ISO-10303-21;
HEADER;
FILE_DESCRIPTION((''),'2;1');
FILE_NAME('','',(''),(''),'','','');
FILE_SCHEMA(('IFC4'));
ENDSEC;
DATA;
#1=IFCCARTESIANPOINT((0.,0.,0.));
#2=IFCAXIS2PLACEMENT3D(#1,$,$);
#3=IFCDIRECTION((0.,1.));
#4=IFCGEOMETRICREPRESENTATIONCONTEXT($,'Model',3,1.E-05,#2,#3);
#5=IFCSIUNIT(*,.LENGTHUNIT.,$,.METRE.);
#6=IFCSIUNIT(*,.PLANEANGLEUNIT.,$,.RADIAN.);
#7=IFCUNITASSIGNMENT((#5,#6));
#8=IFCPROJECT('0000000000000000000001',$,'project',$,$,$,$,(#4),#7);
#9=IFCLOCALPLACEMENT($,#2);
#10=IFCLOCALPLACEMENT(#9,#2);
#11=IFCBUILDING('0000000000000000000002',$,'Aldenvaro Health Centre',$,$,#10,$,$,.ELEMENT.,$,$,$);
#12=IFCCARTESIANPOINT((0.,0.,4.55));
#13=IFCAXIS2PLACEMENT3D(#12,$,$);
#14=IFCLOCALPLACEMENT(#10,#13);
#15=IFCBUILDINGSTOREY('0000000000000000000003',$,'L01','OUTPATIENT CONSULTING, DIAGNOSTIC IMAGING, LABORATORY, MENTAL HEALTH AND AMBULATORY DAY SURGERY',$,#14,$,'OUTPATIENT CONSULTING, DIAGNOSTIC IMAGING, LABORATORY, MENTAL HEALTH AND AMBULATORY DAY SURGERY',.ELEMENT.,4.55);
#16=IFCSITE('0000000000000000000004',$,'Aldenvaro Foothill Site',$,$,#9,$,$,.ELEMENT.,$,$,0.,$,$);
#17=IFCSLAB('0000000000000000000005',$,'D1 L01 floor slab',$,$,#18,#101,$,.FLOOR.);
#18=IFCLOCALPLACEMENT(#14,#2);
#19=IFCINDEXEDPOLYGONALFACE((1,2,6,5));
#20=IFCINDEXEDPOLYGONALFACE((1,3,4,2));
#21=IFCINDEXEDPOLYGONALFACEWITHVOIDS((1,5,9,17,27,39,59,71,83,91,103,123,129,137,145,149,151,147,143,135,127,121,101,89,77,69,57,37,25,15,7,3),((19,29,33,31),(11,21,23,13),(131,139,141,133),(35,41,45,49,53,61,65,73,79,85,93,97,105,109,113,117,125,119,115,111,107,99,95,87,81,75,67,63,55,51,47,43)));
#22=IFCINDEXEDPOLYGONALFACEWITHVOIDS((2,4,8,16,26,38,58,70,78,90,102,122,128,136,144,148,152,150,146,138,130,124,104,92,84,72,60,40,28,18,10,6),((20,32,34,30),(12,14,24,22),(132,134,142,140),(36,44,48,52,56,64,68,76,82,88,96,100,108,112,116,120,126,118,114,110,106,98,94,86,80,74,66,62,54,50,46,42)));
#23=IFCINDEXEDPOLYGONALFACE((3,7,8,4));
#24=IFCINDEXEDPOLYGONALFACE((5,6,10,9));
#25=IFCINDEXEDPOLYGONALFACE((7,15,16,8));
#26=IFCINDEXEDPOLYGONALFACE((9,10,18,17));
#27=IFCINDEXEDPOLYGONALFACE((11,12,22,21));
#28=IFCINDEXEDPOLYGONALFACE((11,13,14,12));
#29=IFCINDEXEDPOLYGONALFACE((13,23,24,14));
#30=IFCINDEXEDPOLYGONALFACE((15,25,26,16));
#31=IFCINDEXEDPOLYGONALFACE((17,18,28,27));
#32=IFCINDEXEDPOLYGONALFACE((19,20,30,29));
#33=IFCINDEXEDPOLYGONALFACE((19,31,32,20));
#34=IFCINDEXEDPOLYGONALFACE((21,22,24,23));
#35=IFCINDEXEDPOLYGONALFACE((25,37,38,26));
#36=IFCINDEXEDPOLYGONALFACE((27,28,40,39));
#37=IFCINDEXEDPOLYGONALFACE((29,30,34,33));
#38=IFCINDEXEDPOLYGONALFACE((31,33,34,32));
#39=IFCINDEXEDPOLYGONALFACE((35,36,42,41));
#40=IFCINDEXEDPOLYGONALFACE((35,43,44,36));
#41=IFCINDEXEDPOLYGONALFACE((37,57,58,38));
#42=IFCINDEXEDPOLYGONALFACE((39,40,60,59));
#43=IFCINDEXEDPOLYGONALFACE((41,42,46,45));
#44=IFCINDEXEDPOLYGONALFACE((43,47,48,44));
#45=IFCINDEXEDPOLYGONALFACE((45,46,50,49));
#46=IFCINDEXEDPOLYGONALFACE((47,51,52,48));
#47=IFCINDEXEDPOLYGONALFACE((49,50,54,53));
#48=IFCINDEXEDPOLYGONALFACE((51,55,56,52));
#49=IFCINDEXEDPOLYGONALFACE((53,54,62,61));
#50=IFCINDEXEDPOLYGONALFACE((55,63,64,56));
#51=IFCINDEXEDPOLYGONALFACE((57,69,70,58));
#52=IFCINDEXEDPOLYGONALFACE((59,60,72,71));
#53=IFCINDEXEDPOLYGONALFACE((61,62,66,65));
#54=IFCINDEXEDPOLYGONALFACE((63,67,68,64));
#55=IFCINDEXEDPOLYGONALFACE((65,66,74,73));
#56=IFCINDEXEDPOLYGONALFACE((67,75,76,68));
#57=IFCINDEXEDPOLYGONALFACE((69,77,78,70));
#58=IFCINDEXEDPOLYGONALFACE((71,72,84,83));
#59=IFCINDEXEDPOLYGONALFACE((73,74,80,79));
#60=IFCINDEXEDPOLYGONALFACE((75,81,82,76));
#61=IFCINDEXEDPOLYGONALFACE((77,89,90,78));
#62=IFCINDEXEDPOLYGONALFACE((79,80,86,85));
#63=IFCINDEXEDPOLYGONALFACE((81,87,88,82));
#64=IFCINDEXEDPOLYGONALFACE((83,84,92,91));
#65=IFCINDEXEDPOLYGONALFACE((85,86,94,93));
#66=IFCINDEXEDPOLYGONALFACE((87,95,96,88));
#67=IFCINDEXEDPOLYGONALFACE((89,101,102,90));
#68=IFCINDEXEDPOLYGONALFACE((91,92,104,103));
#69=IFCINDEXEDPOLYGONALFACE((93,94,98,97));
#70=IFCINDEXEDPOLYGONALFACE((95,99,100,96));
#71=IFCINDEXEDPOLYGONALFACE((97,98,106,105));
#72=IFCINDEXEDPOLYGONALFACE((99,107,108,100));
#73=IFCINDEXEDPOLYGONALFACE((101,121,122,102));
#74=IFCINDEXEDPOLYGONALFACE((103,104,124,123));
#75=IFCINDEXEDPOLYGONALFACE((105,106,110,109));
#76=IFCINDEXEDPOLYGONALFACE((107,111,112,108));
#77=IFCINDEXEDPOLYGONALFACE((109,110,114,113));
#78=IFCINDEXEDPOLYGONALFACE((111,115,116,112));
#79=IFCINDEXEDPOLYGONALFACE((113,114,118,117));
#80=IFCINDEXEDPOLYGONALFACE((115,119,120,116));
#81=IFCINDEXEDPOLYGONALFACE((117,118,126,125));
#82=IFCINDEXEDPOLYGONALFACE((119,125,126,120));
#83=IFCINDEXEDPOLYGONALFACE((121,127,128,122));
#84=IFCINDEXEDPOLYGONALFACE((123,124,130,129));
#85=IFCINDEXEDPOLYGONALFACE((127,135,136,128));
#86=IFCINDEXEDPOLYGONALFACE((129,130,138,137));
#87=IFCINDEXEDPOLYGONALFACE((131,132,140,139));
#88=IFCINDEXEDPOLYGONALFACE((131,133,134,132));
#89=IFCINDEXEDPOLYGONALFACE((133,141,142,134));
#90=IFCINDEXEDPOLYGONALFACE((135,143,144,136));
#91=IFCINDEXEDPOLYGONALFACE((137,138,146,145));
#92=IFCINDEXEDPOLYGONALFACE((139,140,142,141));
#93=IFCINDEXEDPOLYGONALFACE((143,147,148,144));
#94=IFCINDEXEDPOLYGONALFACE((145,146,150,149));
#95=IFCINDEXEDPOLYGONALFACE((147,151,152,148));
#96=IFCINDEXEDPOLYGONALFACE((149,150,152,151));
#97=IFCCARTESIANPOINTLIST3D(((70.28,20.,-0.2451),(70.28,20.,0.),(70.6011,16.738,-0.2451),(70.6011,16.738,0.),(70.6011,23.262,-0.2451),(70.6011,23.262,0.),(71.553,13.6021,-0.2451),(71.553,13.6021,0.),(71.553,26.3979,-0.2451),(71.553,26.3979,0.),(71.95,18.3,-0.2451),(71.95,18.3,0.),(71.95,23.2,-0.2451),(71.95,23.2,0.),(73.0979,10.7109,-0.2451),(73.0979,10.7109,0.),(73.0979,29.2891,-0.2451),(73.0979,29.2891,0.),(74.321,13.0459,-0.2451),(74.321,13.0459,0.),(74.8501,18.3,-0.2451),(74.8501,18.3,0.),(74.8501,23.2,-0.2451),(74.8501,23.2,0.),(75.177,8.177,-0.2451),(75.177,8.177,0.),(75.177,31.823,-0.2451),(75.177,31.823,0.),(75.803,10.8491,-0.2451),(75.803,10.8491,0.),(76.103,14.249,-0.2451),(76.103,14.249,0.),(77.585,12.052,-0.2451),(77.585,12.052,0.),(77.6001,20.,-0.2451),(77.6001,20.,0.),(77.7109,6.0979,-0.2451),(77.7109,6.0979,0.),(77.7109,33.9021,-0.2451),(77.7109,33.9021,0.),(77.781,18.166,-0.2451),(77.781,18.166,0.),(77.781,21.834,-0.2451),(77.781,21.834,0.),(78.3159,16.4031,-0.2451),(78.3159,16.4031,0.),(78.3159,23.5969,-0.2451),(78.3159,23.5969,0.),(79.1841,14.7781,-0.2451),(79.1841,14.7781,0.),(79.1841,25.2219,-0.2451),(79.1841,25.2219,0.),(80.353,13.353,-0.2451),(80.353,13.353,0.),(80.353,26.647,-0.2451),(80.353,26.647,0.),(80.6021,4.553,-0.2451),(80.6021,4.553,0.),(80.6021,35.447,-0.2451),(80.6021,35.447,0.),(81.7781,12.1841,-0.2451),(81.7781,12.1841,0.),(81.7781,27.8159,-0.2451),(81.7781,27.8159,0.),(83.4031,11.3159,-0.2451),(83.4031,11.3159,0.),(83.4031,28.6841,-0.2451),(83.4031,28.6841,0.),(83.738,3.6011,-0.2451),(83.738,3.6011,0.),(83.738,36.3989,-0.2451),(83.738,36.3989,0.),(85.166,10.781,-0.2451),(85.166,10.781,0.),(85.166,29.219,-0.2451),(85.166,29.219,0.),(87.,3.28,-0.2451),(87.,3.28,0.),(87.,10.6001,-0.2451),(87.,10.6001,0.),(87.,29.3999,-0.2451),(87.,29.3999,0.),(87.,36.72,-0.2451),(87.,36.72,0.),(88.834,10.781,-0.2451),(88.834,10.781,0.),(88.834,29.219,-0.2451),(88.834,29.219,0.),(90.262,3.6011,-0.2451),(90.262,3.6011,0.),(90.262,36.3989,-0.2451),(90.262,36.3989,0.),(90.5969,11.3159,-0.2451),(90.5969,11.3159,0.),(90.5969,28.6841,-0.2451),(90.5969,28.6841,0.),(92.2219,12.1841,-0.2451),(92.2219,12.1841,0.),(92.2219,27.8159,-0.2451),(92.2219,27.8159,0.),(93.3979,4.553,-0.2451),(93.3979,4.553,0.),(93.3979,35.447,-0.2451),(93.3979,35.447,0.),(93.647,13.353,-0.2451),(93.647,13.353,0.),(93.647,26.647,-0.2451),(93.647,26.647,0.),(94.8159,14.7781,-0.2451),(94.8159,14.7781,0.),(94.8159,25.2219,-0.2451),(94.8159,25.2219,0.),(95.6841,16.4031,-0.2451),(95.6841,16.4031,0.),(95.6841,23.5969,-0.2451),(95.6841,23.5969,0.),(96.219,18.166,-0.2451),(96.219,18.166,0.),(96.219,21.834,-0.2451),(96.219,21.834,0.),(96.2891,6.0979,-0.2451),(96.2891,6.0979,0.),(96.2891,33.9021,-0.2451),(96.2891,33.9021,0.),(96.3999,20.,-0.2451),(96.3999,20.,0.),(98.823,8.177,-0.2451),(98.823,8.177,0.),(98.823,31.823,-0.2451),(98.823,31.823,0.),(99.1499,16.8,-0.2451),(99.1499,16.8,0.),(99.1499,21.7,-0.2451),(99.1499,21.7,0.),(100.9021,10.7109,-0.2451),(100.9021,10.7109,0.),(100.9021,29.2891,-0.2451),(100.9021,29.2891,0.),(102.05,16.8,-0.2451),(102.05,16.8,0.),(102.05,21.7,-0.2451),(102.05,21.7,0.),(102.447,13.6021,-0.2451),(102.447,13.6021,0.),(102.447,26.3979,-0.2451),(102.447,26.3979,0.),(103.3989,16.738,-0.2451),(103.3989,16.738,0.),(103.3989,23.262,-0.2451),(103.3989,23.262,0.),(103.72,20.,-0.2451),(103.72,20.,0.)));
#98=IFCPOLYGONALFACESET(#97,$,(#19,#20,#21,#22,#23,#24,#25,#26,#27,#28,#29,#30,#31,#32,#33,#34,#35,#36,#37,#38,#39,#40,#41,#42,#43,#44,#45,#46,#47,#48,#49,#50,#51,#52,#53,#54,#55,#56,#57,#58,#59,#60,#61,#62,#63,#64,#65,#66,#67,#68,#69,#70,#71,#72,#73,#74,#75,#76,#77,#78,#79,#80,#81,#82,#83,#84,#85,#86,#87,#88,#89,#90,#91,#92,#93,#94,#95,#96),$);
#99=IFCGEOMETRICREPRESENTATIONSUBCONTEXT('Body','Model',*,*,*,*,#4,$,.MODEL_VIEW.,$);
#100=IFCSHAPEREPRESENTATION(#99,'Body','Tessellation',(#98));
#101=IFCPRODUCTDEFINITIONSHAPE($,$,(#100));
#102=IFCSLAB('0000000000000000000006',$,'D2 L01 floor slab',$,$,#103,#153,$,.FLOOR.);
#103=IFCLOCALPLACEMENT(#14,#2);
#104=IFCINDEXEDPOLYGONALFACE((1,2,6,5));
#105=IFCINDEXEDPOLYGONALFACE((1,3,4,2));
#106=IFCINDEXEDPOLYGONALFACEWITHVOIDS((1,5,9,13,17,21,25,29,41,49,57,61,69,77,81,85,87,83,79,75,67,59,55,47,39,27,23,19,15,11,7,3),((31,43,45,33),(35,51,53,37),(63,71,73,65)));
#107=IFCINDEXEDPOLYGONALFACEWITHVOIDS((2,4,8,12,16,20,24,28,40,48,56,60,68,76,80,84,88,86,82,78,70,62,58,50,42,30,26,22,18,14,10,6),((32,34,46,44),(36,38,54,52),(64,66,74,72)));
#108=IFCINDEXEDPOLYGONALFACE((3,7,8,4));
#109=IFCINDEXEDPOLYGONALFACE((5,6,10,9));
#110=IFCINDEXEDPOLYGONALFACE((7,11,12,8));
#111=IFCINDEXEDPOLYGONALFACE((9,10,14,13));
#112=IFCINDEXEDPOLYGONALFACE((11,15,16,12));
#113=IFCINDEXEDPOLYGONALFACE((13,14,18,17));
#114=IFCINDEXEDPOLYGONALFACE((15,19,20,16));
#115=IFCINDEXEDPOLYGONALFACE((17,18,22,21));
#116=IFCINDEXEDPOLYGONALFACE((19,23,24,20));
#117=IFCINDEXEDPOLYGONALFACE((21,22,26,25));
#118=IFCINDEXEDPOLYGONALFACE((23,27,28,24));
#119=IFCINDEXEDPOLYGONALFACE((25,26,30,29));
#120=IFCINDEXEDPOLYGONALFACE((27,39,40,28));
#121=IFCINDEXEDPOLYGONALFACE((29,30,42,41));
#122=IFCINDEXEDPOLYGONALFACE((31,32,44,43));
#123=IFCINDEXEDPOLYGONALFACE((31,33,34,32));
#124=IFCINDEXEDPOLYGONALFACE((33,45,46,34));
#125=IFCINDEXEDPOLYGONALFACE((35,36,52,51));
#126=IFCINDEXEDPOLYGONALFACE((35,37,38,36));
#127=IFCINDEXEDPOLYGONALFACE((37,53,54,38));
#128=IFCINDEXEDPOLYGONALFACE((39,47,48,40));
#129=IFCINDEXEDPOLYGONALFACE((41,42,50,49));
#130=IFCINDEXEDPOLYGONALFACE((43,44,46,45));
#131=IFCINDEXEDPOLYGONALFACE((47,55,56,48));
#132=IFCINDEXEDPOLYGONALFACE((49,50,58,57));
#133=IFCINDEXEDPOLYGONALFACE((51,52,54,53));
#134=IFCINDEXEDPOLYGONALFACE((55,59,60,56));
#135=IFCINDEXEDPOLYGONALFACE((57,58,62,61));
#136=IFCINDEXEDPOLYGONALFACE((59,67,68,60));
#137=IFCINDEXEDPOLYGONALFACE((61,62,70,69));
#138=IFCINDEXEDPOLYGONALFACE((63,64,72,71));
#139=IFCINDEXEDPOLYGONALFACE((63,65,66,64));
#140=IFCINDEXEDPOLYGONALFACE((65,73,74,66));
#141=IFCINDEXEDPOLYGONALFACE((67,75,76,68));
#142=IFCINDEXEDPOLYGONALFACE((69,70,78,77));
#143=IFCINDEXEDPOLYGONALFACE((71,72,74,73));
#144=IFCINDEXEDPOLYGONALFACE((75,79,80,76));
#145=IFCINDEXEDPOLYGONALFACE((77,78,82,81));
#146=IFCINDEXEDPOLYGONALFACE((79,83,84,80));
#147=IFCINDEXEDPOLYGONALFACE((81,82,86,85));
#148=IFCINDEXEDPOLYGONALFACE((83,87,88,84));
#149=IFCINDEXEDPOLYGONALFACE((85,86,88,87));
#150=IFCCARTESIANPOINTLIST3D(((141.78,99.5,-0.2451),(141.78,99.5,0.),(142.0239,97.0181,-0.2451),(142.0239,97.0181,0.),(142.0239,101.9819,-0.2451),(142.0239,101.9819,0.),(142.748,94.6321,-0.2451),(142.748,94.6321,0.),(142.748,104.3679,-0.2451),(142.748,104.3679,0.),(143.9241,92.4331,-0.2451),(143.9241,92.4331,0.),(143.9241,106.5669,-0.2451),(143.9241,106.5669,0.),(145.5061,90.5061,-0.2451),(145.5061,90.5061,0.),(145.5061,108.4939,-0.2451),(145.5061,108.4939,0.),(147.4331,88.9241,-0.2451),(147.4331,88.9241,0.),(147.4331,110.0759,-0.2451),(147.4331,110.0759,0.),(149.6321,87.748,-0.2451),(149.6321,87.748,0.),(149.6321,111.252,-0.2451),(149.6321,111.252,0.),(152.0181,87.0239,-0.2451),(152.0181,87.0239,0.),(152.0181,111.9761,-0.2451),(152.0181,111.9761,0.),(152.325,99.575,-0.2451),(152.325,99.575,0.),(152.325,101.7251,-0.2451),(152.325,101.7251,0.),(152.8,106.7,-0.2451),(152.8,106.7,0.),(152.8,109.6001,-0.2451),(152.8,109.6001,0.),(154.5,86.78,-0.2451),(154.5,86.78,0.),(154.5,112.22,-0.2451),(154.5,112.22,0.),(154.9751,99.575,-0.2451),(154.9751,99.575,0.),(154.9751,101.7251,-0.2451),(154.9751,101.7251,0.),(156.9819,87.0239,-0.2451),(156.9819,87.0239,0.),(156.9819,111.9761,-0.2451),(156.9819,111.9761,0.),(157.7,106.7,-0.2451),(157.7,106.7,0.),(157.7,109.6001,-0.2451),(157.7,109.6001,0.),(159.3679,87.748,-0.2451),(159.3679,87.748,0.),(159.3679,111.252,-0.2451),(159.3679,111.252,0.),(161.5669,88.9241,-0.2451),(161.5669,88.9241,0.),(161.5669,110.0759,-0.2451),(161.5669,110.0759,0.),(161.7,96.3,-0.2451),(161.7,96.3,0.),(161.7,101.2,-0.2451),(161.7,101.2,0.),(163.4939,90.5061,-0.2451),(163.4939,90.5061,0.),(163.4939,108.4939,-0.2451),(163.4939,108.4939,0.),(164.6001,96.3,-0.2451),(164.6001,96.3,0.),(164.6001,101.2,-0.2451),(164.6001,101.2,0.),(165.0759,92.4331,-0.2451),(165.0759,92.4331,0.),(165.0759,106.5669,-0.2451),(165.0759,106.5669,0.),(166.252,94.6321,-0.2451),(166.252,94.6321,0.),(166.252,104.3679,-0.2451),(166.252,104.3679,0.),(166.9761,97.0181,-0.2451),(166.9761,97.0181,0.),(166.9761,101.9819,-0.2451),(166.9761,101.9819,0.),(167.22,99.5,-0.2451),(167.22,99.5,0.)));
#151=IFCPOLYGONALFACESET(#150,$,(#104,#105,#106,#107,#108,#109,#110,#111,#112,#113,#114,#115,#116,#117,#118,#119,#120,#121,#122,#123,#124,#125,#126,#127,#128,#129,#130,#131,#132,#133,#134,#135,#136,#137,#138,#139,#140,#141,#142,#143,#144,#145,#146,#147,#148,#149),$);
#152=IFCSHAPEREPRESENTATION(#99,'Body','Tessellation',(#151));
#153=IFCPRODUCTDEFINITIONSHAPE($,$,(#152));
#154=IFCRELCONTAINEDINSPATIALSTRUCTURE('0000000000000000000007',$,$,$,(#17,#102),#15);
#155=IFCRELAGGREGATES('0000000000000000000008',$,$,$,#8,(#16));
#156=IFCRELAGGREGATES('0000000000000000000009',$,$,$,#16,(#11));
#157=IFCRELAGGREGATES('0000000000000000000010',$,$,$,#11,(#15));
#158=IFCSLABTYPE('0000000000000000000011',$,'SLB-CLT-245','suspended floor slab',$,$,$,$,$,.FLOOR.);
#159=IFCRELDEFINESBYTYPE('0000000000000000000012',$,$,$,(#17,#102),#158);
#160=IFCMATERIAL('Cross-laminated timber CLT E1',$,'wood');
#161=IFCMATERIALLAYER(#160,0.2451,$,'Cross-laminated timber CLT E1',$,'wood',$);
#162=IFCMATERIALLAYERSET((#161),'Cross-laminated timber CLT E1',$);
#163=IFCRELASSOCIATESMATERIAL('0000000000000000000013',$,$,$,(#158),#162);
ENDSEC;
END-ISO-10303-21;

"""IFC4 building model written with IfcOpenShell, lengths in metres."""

from ifc_helpers import new_model, si_unit, direction, frame, origin, place, context, subcontext, project, spatial, polyline, outline, extrude, material, layer, layer_set, type_object, element, save


model = new_model("IFC4")

# Units and contexts
model_context = context("Model", 3, precision=1e-05, world=origin(), true_north=direction((0.0, 1.0)))
body_context = subcontext(model_context, "Body", "Model", "MODEL_VIEW")
ifc_project = project(units=[si_unit("LENGTHUNIT", "METRE"), si_unit("PLANEANGLEUNIT", "RADIAN")], contexts=[model_context])

# Site, building, storey
site_placement = place(None, origin())
site = spatial("IfcSite", under=ifc_project, at=site_placement, Name="Aldenvaro Foothill Site", CompositionType="ELEMENT", RefElevation=0.0)
building_placement = place(site_placement, origin())
building = spatial("IfcBuilding", under=site, at=building_placement, Name="Aldenvaro Health Centre", CompositionType="ELEMENT")
storey_placement = place(building_placement, frame((0.0, 0.0, 4.55)))
storey = spatial("IfcBuildingStorey", under=building, at=storey_placement, Name="L01", Description="OUTPATIENT CONSULTING, DIAGNOSTIC IMAGING, LABORATORY, MENTAL HEALTH AND AMBULATORY DAY SURGERY", LongName="OUTPATIENT CONSULTING, DIAGNOSTIC IMAGING, LABORATORY, MENTAL HEALTH AND AMBULATORY DAY SURGERY", CompositionType="ELEMENT", Elevation=4.55)

# Slabs
ifc_material_1 = material(Name="Cross-laminated timber CLT E1", Category="wood")
ifc_layer_1 = layer(ifc_material_1, 0.2451, Name="Cross-laminated timber CLT E1", Category="wood")
ifc_layer_set_1 = layer_set([ifc_layer_1], Name="Cross-laminated timber CLT E1")
slab_type_1 = type_object("IfcSlabType", Name="SLB-CLT-245", Description="suspended floor slab", PredefinedType="FLOOR", material=ifc_layer_set_1)
slab_1_placement = place(storey_placement, frame((0.0, 0.0, -0.2451)))
element("IfcSlab", 1, at=slab_1_placement, inside=storey, type_object=slab_type_1, Name="D1 L01 floor slab", PredefinedType="FLOOR", context=body_context, shape_type="SweptSolid", body=[
    extrude(outline(polyline([(103.72, 20.0), (103.3989, 23.262), (102.447, 26.3979), (100.9021, 29.2891), (98.823, 31.823), (96.2891, 33.9021), (93.3979, 35.447), (90.262, 36.3989), (87.0, 36.72), (83.738, 36.3989), (80.6021, 35.447), (77.7109, 33.9021), (75.177, 31.823), (73.0979, 29.2891), (71.553, 26.3979), (70.6011, 23.262), (70.28, 20.0), (70.6011, 16.738), (71.553, 13.6021), (73.0979, 10.7109), (75.177, 8.177), (77.7109, 6.0979), (80.6021, 4.553), (83.738, 3.6011), (87.0, 3.28), (90.262, 3.6011), (93.3979, 4.553), (96.2891, 6.0979), (98.823, 8.177), (100.9021, 10.7109), (102.447, 13.6021), (103.3989, 16.738), (103.72, 20.0)]), holes=[polyline([(74.8501, 18.3), (74.8501, 23.2), (71.95, 23.2), (71.95, 18.3), (74.8501, 18.3)]), polyline([(99.1499, 21.7), (99.1499, 16.8), (102.05, 16.8), (102.05, 21.7), (99.1499, 21.7)]), polyline([(77.585, 12.052), (76.103, 14.249), (74.321, 13.0459), (75.803, 10.8491), (77.585, 12.052)]), polyline([(96.3999, 20.0), (96.219, 18.166), (95.6841, 16.4031), (94.8159, 14.7781), (93.647, 13.353), (92.2219, 12.1841), (90.5969, 11.3159), (88.834, 10.781), (87.0, 10.6001), (85.166, 10.781), (83.4031, 11.3159), (81.7781, 12.1841), (80.353, 13.353), (79.1841, 14.7781), (78.3159, 16.4031), (77.781, 18.166), (77.6001, 20.0), (77.781, 21.834), (78.3159, 23.5969), (79.1841, 25.2219), (80.353, 26.647), (81.7781, 27.8159), (83.4031, 28.6841), (85.166, 29.219), (87.0, 29.3999), (88.834, 29.219), (90.5969, 28.6841), (92.2219, 27.8159), (93.647, 26.647), (94.8159, 25.2219), (95.6841, 23.5969), (96.219, 21.834), (96.3999, 20.0)])]), origin(), (0.0, 0.0, 1.0), 0.2451),
])
slab_2_placement = place(storey_placement, frame((0.0, 0.0, -0.2451)))
element("IfcSlab", 2, at=slab_2_placement, inside=storey, type_object=slab_type_1, Name="D2 L01 floor slab", PredefinedType="FLOOR", context=body_context, shape_type="SweptSolid", body=[
    extrude(outline(polyline([(167.22, 99.5), (166.9761, 101.9819), (166.252, 104.3679), (165.0759, 106.5669), (163.4939, 108.4939), (161.5669, 110.0759), (159.3679, 111.252), (156.9819, 111.9761), (154.5, 112.22), (152.0181, 111.9761), (149.6321, 111.252), (147.4331, 110.0759), (145.5061, 108.4939), (143.9241, 106.5669), (142.748, 104.3679), (142.0239, 101.9819), (141.78, 99.5), (142.0239, 97.0181), (142.748, 94.6321), (143.9241, 92.4331), (145.5061, 90.5061), (147.4331, 88.9241), (149.6321, 87.748), (152.0181, 87.0239), (154.5, 86.78), (156.9819, 87.0239), (159.3679, 87.748), (161.5669, 88.9241), (163.4939, 90.5061), (165.0759, 92.4331), (166.252, 94.6321), (166.9761, 97.0181), (167.22, 99.5)]), holes=[polyline([(161.7, 101.2), (161.7, 96.3), (164.6001, 96.3), (164.6001, 101.2), (161.7, 101.2)]), polyline([(152.8, 106.7), (157.7, 106.7), (157.7, 109.6001), (152.8, 109.6001), (152.8, 106.7)]), polyline([(152.325, 99.575), (154.9751, 99.575), (154.9751, 101.7251), (152.325, 101.7251), (152.325, 99.575)])]), origin(), (0.0, 0.0, 1.0), 0.2451),
])

save(model, "model.ifc")
